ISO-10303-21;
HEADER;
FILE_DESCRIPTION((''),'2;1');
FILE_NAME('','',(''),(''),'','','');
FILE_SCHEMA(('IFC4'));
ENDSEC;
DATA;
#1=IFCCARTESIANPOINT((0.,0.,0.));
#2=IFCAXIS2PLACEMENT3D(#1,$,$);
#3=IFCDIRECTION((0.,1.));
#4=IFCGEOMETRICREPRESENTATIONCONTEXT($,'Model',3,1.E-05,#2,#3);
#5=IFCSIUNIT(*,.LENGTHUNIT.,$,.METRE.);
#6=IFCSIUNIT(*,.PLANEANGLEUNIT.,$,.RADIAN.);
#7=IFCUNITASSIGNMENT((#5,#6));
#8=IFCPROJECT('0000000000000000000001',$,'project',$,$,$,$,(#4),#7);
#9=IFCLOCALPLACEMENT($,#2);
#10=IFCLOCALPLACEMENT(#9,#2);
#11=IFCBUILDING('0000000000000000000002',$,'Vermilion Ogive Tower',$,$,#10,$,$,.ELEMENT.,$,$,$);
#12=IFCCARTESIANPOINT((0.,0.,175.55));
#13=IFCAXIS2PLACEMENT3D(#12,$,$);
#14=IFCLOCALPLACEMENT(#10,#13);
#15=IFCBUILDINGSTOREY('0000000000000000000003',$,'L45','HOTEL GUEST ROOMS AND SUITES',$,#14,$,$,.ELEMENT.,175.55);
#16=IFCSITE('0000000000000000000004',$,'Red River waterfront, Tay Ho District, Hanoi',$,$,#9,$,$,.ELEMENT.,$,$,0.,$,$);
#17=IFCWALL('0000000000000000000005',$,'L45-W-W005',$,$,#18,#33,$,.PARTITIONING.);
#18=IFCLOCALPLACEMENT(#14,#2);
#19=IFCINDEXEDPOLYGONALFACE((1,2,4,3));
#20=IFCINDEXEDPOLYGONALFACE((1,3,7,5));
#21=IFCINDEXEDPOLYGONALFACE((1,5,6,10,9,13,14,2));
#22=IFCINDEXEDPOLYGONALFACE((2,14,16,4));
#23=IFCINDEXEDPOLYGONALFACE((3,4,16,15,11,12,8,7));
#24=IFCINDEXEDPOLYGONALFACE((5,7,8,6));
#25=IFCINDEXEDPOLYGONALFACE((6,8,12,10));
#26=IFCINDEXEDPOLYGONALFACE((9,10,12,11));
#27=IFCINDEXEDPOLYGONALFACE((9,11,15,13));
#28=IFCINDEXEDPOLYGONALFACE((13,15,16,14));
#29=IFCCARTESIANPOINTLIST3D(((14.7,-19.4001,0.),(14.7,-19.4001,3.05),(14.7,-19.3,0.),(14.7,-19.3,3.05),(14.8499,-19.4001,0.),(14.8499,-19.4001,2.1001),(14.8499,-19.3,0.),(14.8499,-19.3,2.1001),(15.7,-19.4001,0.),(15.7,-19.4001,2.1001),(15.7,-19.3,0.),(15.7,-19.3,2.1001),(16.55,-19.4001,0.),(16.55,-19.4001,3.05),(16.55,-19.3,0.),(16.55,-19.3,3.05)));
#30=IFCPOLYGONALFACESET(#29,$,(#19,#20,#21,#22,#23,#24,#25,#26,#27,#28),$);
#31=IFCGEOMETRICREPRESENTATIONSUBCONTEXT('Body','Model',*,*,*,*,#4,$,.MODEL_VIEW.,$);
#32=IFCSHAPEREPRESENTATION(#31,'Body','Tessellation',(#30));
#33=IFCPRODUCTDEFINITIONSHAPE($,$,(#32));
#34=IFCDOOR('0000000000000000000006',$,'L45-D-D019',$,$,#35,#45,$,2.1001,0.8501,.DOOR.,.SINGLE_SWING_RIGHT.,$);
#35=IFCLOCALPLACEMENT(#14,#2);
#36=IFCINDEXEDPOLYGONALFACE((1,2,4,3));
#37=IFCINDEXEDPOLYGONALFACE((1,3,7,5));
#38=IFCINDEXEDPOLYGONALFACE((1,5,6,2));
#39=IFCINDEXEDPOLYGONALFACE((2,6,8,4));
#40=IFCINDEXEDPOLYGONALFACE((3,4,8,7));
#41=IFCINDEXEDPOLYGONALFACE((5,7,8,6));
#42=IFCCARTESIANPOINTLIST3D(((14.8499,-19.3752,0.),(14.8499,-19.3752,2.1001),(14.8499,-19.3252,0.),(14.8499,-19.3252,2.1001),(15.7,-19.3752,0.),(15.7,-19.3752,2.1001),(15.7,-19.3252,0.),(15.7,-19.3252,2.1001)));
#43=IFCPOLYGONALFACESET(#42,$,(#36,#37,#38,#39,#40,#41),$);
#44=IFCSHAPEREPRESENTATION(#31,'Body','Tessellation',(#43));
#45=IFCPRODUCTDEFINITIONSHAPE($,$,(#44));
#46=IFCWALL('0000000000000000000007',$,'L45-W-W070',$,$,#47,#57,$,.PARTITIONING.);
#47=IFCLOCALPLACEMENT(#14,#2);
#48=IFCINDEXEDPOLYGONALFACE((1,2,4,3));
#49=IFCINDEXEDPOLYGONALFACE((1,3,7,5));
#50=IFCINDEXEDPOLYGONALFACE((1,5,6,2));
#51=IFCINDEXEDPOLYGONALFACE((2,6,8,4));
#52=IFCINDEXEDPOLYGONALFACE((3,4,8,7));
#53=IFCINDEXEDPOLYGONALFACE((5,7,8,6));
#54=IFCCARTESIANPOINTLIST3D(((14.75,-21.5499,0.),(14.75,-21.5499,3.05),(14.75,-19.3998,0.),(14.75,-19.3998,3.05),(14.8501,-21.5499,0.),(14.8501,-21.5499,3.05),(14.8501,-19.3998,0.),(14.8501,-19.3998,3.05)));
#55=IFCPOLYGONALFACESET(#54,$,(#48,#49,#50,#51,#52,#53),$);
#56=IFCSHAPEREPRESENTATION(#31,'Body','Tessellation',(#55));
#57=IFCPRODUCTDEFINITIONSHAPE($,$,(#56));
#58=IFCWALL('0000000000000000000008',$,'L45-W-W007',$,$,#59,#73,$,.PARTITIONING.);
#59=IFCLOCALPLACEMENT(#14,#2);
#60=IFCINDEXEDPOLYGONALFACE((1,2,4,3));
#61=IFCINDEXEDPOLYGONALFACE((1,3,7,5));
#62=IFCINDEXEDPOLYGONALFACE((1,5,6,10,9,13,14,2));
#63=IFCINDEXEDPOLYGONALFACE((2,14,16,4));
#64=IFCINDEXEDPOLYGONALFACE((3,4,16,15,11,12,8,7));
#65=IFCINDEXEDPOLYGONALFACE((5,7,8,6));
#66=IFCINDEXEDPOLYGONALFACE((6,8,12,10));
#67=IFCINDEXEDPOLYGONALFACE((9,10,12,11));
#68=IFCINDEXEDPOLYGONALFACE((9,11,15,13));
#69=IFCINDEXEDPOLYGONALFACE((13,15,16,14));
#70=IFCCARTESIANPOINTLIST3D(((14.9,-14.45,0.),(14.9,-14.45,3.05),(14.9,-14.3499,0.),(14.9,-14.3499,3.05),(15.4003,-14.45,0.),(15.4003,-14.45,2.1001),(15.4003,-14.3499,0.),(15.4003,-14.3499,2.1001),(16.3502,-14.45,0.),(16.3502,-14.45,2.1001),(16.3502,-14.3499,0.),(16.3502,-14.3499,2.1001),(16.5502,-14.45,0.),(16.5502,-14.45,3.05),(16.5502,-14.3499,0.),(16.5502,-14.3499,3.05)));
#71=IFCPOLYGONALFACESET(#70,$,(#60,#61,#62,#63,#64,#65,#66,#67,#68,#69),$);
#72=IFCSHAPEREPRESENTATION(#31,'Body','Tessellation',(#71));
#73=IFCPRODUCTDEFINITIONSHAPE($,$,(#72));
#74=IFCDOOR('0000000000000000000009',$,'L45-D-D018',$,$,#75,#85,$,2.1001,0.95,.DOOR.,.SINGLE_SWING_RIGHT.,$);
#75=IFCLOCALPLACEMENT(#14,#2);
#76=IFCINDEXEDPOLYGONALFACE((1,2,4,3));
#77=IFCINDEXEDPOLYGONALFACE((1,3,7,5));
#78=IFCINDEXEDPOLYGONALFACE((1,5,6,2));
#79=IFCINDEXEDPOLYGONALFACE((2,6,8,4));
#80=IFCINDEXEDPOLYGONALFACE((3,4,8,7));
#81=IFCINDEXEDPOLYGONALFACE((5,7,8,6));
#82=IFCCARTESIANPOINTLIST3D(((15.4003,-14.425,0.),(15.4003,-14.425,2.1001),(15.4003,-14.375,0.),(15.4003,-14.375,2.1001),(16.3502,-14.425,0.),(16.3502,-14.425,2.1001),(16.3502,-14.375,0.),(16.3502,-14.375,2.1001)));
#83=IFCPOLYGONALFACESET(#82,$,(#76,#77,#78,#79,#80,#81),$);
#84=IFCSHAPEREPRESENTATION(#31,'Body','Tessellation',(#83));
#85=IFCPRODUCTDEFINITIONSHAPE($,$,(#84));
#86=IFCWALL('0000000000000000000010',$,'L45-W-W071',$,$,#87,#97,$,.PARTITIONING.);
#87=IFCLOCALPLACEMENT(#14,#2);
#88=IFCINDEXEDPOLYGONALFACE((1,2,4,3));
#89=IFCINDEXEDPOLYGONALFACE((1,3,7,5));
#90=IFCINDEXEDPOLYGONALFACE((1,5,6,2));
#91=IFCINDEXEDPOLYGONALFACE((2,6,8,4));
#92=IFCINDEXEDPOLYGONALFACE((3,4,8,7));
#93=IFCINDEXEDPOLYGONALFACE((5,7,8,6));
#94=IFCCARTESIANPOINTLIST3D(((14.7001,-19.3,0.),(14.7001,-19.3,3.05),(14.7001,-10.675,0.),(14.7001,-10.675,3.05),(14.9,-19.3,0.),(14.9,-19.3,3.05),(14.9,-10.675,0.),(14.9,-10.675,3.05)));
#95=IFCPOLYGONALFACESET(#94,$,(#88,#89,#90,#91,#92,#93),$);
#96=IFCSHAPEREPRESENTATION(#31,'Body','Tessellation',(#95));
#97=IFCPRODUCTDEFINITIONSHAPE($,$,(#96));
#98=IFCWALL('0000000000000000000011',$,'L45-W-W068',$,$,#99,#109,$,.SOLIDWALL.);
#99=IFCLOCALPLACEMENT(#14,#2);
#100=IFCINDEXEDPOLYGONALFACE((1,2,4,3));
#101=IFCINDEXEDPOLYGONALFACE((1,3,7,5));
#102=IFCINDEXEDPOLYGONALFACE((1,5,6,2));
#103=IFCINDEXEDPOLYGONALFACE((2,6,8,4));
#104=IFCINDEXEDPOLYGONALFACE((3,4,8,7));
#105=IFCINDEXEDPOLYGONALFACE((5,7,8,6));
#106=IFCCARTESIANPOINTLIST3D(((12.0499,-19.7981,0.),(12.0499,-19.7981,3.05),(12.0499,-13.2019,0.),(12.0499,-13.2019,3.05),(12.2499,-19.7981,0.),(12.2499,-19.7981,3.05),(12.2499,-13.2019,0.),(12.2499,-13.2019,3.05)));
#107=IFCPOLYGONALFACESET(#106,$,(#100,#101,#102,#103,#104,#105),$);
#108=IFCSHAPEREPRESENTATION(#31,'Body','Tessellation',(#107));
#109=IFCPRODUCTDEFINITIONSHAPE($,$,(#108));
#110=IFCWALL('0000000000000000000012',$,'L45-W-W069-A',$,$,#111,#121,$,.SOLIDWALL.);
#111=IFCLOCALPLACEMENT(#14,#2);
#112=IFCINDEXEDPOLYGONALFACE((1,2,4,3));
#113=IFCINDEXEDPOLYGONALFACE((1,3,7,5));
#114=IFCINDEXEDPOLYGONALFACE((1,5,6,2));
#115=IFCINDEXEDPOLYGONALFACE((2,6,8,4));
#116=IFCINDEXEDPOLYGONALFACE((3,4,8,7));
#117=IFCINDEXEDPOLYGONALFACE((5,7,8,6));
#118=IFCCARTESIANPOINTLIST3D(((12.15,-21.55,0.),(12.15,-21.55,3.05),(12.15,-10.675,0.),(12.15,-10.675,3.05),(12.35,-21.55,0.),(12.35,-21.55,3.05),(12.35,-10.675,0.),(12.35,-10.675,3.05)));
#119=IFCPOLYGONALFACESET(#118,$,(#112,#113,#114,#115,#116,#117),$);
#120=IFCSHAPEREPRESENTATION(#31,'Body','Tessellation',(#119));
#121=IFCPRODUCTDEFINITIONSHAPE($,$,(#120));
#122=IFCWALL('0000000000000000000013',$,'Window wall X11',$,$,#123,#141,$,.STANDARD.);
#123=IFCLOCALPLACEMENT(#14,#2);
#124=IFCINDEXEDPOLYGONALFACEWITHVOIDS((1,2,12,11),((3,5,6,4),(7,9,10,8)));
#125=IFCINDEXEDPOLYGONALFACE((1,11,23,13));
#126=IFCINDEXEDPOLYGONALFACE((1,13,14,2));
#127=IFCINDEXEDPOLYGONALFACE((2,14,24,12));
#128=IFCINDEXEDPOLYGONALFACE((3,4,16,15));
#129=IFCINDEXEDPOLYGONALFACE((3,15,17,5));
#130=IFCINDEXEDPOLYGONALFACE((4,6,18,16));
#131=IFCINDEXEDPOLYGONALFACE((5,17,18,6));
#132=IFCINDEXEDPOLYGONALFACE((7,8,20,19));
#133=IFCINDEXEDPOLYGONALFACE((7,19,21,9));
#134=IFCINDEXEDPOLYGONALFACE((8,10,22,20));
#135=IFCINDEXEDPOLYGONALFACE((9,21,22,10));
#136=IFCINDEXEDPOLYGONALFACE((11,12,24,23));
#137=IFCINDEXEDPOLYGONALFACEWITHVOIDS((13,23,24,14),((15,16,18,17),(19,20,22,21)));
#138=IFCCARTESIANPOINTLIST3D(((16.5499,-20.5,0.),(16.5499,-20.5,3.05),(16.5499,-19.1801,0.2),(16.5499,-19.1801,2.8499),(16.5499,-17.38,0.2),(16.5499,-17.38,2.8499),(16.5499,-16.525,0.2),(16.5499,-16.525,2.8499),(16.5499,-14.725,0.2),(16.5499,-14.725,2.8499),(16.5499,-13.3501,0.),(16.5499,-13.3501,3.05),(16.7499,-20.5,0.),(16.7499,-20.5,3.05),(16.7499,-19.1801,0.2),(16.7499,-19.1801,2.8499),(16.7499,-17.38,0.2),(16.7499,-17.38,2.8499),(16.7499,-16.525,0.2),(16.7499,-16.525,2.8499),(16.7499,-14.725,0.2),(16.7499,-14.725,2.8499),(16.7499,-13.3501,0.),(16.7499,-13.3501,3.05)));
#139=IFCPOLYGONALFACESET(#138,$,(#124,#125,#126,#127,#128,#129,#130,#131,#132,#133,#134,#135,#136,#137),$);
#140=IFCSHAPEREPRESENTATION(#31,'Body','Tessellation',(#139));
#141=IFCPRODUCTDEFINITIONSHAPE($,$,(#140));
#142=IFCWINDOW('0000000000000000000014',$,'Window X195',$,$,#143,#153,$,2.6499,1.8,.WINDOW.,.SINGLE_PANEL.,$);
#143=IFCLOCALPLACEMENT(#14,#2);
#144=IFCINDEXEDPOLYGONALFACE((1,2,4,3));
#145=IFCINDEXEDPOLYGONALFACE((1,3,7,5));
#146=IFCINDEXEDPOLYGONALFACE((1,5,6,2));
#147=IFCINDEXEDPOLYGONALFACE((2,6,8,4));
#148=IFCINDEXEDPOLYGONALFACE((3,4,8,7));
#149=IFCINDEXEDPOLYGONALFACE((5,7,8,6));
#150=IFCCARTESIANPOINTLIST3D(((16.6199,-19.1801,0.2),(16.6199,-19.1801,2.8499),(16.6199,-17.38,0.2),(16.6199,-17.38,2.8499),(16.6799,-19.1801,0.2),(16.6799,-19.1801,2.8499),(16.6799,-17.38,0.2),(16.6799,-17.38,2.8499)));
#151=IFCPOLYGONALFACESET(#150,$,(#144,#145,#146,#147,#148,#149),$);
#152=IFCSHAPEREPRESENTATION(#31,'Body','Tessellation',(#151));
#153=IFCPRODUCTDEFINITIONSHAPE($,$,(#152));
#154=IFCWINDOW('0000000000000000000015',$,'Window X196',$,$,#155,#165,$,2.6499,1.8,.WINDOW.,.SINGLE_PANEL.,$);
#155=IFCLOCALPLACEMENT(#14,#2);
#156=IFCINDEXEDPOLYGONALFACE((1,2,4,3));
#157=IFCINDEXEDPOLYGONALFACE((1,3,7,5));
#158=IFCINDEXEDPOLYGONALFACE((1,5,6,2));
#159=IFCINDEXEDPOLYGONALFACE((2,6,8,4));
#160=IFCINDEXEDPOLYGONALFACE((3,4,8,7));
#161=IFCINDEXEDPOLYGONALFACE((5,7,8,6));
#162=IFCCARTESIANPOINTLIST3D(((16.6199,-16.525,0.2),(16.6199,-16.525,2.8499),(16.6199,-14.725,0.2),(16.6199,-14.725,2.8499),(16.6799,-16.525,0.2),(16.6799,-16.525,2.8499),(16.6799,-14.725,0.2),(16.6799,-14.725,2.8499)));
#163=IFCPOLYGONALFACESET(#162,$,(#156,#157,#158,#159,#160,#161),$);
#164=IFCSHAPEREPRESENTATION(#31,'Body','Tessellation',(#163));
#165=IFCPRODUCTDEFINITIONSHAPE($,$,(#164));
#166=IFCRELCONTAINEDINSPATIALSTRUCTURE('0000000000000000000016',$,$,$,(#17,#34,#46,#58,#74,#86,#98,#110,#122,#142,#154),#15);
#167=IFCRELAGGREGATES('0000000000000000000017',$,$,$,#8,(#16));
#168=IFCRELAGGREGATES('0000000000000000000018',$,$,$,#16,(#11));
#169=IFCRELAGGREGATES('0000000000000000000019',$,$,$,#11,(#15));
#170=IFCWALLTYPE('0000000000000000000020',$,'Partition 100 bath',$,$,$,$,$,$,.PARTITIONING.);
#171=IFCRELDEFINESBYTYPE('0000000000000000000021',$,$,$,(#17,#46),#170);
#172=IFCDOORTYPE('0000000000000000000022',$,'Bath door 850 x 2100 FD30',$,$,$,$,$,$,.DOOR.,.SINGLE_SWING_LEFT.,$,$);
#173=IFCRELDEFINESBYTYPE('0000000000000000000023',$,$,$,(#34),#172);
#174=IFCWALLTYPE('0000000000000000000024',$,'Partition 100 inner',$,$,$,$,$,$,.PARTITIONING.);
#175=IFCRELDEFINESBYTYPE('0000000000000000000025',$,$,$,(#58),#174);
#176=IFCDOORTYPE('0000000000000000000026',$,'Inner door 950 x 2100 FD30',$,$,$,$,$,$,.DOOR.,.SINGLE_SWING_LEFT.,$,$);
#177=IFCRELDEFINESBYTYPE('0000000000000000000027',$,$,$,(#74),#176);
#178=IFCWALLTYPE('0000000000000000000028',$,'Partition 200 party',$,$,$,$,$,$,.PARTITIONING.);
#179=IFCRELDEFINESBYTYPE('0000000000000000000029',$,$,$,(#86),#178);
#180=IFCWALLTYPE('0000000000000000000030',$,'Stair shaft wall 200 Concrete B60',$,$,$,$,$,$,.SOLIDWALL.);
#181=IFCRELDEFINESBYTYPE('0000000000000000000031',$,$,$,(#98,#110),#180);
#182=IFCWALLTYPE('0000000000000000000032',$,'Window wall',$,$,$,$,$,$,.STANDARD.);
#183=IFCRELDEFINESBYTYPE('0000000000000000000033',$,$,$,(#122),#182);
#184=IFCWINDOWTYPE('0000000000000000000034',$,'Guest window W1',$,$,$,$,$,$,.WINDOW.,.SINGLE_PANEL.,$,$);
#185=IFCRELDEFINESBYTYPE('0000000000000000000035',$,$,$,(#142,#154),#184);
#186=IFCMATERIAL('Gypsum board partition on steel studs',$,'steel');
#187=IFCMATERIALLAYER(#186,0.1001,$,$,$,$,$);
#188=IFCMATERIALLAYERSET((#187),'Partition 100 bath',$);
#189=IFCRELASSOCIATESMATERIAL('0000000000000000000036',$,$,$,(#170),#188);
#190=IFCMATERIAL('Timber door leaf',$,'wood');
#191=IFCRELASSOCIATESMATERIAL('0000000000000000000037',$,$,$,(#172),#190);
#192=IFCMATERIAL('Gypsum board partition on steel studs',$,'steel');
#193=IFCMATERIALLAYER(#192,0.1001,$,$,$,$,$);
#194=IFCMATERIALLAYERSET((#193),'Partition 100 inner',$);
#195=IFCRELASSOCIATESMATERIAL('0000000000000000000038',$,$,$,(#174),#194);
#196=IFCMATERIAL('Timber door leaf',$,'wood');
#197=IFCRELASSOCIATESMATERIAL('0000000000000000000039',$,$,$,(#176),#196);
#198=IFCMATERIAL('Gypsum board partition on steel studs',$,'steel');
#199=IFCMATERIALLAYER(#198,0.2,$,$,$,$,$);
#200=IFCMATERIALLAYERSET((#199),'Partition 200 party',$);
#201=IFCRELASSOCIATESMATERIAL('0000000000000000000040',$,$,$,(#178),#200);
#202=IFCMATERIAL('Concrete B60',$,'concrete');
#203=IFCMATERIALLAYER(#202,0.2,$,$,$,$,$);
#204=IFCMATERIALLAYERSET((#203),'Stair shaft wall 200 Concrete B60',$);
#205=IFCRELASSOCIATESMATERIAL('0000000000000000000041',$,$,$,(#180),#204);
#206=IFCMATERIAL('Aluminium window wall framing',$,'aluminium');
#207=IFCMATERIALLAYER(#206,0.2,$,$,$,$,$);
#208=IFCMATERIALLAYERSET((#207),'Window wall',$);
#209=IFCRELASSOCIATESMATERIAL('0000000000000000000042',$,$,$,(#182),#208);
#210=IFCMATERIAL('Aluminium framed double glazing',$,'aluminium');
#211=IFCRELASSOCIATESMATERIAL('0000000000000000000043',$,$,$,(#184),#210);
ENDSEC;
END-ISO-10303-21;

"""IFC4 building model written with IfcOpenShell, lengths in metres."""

from ifc_helpers import new_model, si_unit, direction, frame, frame_2d, origin, place, context, subcontext, project, spatial, rectangle, extrude, material, layer, layer_set, type_object, element, fill, save


model = new_model("IFC4")

# Units and contexts
model_context = context("Model", 3, precision=1e-05, world=origin(), true_north=direction((0.0, 1.0)))
body_context = subcontext(model_context, "Body", "Model", "MODEL_VIEW")
ifc_project = project(units=[si_unit("LENGTHUNIT", "METRE"), si_unit("PLANEANGLEUNIT", "RADIAN")], contexts=[model_context])

# Site, building, storey
site_placement = place(None, origin())
site = spatial("IfcSite", under=ifc_project, at=site_placement, Name="Red River waterfront, Tay Ho District, Hanoi", CompositionType="ELEMENT", RefElevation=0.0)
building_placement = place(site_placement, origin())
building = spatial("IfcBuilding", under=site, at=building_placement, Name="Vermilion Ogive Tower", CompositionType="ELEMENT")
storey_placement = place(building_placement, frame((0.0, 0.0, 175.55)))
storey = spatial("IfcBuildingStorey", under=building, at=storey_placement, Name="L45", Description="HOTEL GUEST ROOMS AND SUITES", CompositionType="ELEMENT", Elevation=175.55)

# Wall, opening, door
ifc_material_1 = material(Name="Gypsum board partition on steel studs", Category="steel")
ifc_layer_1 = layer(ifc_material_1, 0.1001)
ifc_layer_set_1 = layer_set([ifc_layer_1], Name="Partition 100 bath")
wall_type_1 = type_object("IfcWallType", Name="Partition 100 bath", PredefinedType="PARTITIONING", material=ifc_layer_set_1)
wall_1_placement = place(storey_placement, frame((14.7, -19.3501, 0.0), z_axis=(0.0, 0.0, 1.0), x_axis=(1.0, 0.0, 0.0)))
wall_1 = element("IfcWall", 1, at=wall_1_placement, inside=storey, type_object=wall_type_1, Name="L45-W-W005", PredefinedType="PARTITIONING", context=body_context, shape_type="SweptSolid", body=[
    extrude(rectangle(XDim=1.8501, YDim=0.1001, at=frame_2d((0.925, 0.0))), origin(), (0.0, 0.0, 1.0), 3.05),
])
opening_1_placement = place(wall_1_placement, frame((0.1499, 0.0, 0.0)))
opening_1 = element("IfcOpeningElement", 2, at=opening_1_placement, cuts=wall_1, PredefinedType="OPENING", context=body_context, shape_type="SweptSolid", body=[
    extrude(rectangle(XDim=0.8501, YDim=2.1001, at=frame_2d((0.425, 1.05))), frame((0.0, 0.0601, 0.0), z_axis=(0.0, -1.0, 0.0), x_axis=(1.0, 0.0, 0.0)), (0.0, 0.0, 1.0), 0.1201),
])
ifc_material_2 = material(Name="Timber door leaf", Category="wood")
door_type_1 = type_object("IfcDoorType", Name="Bath door 850 x 2100 FD30", OperationType="SINGLE_SWING_LEFT", PredefinedType="DOOR", material=ifc_material_2)
door_1_placement = place(opening_1_placement, origin())
door_1 = element("IfcDoor", 3, at=door_1_placement, inside=storey, type_object=door_type_1, Name="L45-D-D019", OperationType="SINGLE_SWING_RIGHT", OverallHeight=2.1001, OverallWidth=0.8501, PredefinedType="DOOR", context=body_context, shape_type="SweptSolid", body=[
    extrude(rectangle(XDim=0.8501, YDim=2.1001, at=frame_2d((0.425, 1.05))), frame((0.0, 0.0249, 0.0), z_axis=(0.0, -1.0, 0.0), x_axis=(1.0, 0.0, 0.0)), (0.0, 0.0, 1.0), 0.05),
])
fill(opening_1, door_1)

# Wall
wall_2_placement = place(storey_placement, frame((14.8, -21.55, 0.0), z_axis=(0.0, 0.0, 1.0), x_axis=(0.0, 1.0, 0.0)))
element("IfcWall", 4, at=wall_2_placement, inside=storey, type_object=wall_type_1, Name="L45-W-W070", PredefinedType="PARTITIONING", context=body_context, shape_type="SweptSolid", body=[
    extrude(rectangle(XDim=2.1501, YDim=0.1001, at=frame_2d((1.0752, 0.0))), origin(), (0.0, 0.0, 1.0), 3.05),
])

# Wall, opening, door
ifc_material_3 = material(Name="Gypsum board partition on steel studs", Category="steel")
ifc_layer_2 = layer(ifc_material_3, 0.1001)
ifc_layer_set_2 = layer_set([ifc_layer_2], Name="Partition 100 inner")
wall_type_2 = type_object("IfcWallType", Name="Partition 100 inner", PredefinedType="PARTITIONING", material=ifc_layer_set_2)
wall_3_placement = place(storey_placement, frame((14.8999, -14.3999, 0.0), z_axis=(0.0, 0.0, 1.0), x_axis=(1.0, 0.0, 0.0)))
wall_3 = element("IfcWall", 5, at=wall_3_placement, inside=storey, type_object=wall_type_2, Name="L45-W-W007", PredefinedType="PARTITIONING", context=body_context, shape_type="SweptSolid", body=[
    extrude(rectangle(XDim=1.6501, YDim=0.1001, at=frame_2d((0.8252, 0.0))), origin(), (0.0, 0.0, 1.0), 3.05),
])
opening_2_placement = place(wall_3_placement, frame((0.5002, 0.0, 0.0)))
opening_2 = element("IfcOpeningElement", 6, at=opening_2_placement, cuts=wall_3, PredefinedType="OPENING", context=body_context, shape_type="SweptSolid", body=[
    extrude(rectangle(XDim=0.95, YDim=2.1001, at=frame_2d((0.4751, 1.05))), frame((0.0, 0.0601, 0.0), z_axis=(0.0, -1.0, 0.0), x_axis=(1.0, 0.0, 0.0)), (0.0, 0.0, 1.0), 0.1201),
])
ifc_material_4 = material(Name="Timber door leaf", Category="wood")
door_type_2 = type_object("IfcDoorType", Name="Inner door 950 x 2100 FD30", OperationType="SINGLE_SWING_LEFT", PredefinedType="DOOR", material=ifc_material_4)
door_2_placement = place(opening_2_placement, origin())
door_2 = element("IfcDoor", 7, at=door_2_placement, inside=storey, type_object=door_type_2, Name="L45-D-D018", OperationType="SINGLE_SWING_RIGHT", OverallHeight=2.1001, OverallWidth=0.95, PredefinedType="DOOR", context=body_context, shape_type="SweptSolid", body=[
    extrude(rectangle(XDim=0.95, YDim=2.1001, at=frame_2d((0.4751, 1.05))), frame((0.0, 0.0249, 0.0), z_axis=(0.0, -1.0, 0.0), x_axis=(1.0, 0.0, 0.0)), (0.0, 0.0, 1.0), 0.05),
])
fill(opening_2, door_2)

# Walls
ifc_material_5 = material(Name="Gypsum board partition on steel studs", Category="steel")
ifc_layer_3 = layer(ifc_material_5, 0.2)
ifc_layer_set_3 = layer_set([ifc_layer_3], Name="Partition 200 party")
wall_type_3 = type_object("IfcWallType", Name="Partition 200 party", PredefinedType="PARTITIONING", material=ifc_layer_set_3)
wall_4_placement = place(storey_placement, frame((14.8, -19.3, 0.0), z_axis=(0.0, 0.0, 1.0), x_axis=(0.0, 1.0, 0.0)))
element("IfcWall", 8, at=wall_4_placement, inside=storey, type_object=wall_type_3, Name="L45-W-W071", PredefinedType="PARTITIONING", context=body_context, shape_type="SweptSolid", body=[
    extrude(rectangle(XDim=8.625, YDim=0.2, at=frame_2d((4.3125, 0.0))), origin(), (0.0, 0.0, 1.0), 3.05),
])
ifc_material_6 = material(Name="Concrete B60", Category="concrete")
ifc_layer_4 = layer(ifc_material_6, 0.2)
ifc_layer_set_4 = layer_set([ifc_layer_4], Name="Stair shaft wall 200 Concrete B60")
wall_type_4 = type_object("IfcWallType", Name="Stair shaft wall 200 Concrete B60", PredefinedType="SOLIDWALL", material=ifc_layer_set_4)
wall_5_placement = place(storey_placement, frame((12.1499, -19.7981, 0.0), z_axis=(0.0, 0.0, 1.0), x_axis=(0.0, 1.0, 0.0)))
element("IfcWall", 9, at=wall_5_placement, inside=storey, type_object=wall_type_4, Name="L45-W-W068", PredefinedType="SOLIDWALL", context=body_context, shape_type="SweptSolid", body=[
    extrude(rectangle(XDim=6.5962, YDim=0.2, at=frame_2d((3.2981, 0.0))), origin(), (0.0, 0.0, 1.0), 3.05),
])
wall_6_placement = place(storey_placement, frame((12.25, -21.55, 0.0), z_axis=(0.0, 0.0, 1.0), x_axis=(0.0, 1.0, 0.0)))
element("IfcWall", 10, at=wall_6_placement, inside=storey, type_object=wall_type_4, Name="L45-W-W069-A", PredefinedType="SOLIDWALL", context=body_context, shape_type="SweptSolid", body=[
    extrude(rectangle(XDim=10.875, YDim=0.2, at=frame_2d((5.4375, 0.0))), origin(), (0.0, 0.0, 1.0), 3.05),
])

# Wall, openings, windows
ifc_material_7 = material(Name="Aluminium window wall framing", Category="aluminium")
ifc_layer_5 = layer(ifc_material_7, 0.2)
ifc_layer_set_5 = layer_set([ifc_layer_5], Name="Window wall")
wall_type_5 = type_object("IfcWallType", Name="Window wall", PredefinedType="STANDARD", material=ifc_layer_set_5)
wall_7_placement = place(storey_placement, frame((16.6499, -20.5, 0.0), z_axis=(0.0, 0.0, 1.0), x_axis=(0.0, 1.0, 0.0)))
wall_7 = element("IfcWall", 11, at=wall_7_placement, inside=storey, type_object=wall_type_5, Name="Window wall X11", PredefinedType="STANDARD", context=body_context, shape_type="SweptSolid", body=[
    extrude(rectangle(XDim=7.1499, YDim=0.2, at=frame_2d((3.575, 0.0))), origin(), (0.0, 0.0, 1.0), 3.05),
])
opening_3_placement = place(wall_7_placement, frame((1.3201, 0.0, 0.2)))
opening_3 = element("IfcOpeningElement", 12, at=opening_3_placement, cuts=wall_7, PredefinedType="OPENING", context=body_context, shape_type="SweptSolid", body=[
    extrude(rectangle(XDim=1.8, YDim=2.6499, at=frame_2d((0.8999, 1.325))), frame((0.0, 0.1099, 0.0), z_axis=(0.0, -1.0, 0.0), x_axis=(1.0, 0.0, 0.0)), (0.0, 0.0, 1.0), 0.22),
])
opening_4_placement = place(wall_7_placement, frame((3.9751, 0.0, 0.2)))
opening_4 = element("IfcOpeningElement", 13, at=opening_4_placement, cuts=wall_7, PredefinedType="OPENING", context=body_context, shape_type="SweptSolid", body=[
    extrude(rectangle(XDim=1.8, YDim=2.6499, at=frame_2d((0.8999, 1.325))), frame((0.0, 0.1099, 0.0), z_axis=(0.0, -1.0, 0.0), x_axis=(1.0, 0.0, 0.0)), (0.0, 0.0, 1.0), 0.22),
])
ifc_material_8 = material(Name="Aluminium framed double glazing", Category="aluminium")
window_type = type_object("IfcWindowType", Name="Guest window W1", PartitioningType="SINGLE_PANEL", PredefinedType="WINDOW", material=ifc_material_8)
window_1_placement = place(opening_3_placement, origin())
window_1 = element("IfcWindow", 14, at=window_1_placement, inside=storey, type_object=window_type, Name="Window X195", OverallHeight=2.6499, OverallWidth=1.8, PartitioningType="SINGLE_PANEL", PredefinedType="WINDOW", context=body_context, shape_type="SweptSolid", body=[
    extrude(rectangle(XDim=1.8, YDim=2.6499, at=frame_2d((0.8999, 1.325))), frame((0.0, 0.03, 0.0), z_axis=(0.0, -1.0, 0.0), x_axis=(1.0, 0.0, 0.0)), (0.0, 0.0, 1.0), 0.0601),
])
fill(opening_3, window_1)
window_2_placement = place(opening_4_placement, origin())
window_2 = element("IfcWindow", 15, at=window_2_placement, inside=storey, type_object=window_type, Name="Window X196", OverallHeight=2.6499, OverallWidth=1.8, PartitioningType="SINGLE_PANEL", PredefinedType="WINDOW", context=body_context, shape_type="SweptSolid", body=[
    extrude(rectangle(XDim=1.8, YDim=2.6499, at=frame_2d((0.8999, 1.325))), frame((0.0, 0.03, 0.0), z_axis=(0.0, -1.0, 0.0), x_axis=(1.0, 0.0, 0.0)), (0.0, 0.0, 1.0), 0.0601),
])
fill(opening_4, window_2)

save(model, "model.ifc")
